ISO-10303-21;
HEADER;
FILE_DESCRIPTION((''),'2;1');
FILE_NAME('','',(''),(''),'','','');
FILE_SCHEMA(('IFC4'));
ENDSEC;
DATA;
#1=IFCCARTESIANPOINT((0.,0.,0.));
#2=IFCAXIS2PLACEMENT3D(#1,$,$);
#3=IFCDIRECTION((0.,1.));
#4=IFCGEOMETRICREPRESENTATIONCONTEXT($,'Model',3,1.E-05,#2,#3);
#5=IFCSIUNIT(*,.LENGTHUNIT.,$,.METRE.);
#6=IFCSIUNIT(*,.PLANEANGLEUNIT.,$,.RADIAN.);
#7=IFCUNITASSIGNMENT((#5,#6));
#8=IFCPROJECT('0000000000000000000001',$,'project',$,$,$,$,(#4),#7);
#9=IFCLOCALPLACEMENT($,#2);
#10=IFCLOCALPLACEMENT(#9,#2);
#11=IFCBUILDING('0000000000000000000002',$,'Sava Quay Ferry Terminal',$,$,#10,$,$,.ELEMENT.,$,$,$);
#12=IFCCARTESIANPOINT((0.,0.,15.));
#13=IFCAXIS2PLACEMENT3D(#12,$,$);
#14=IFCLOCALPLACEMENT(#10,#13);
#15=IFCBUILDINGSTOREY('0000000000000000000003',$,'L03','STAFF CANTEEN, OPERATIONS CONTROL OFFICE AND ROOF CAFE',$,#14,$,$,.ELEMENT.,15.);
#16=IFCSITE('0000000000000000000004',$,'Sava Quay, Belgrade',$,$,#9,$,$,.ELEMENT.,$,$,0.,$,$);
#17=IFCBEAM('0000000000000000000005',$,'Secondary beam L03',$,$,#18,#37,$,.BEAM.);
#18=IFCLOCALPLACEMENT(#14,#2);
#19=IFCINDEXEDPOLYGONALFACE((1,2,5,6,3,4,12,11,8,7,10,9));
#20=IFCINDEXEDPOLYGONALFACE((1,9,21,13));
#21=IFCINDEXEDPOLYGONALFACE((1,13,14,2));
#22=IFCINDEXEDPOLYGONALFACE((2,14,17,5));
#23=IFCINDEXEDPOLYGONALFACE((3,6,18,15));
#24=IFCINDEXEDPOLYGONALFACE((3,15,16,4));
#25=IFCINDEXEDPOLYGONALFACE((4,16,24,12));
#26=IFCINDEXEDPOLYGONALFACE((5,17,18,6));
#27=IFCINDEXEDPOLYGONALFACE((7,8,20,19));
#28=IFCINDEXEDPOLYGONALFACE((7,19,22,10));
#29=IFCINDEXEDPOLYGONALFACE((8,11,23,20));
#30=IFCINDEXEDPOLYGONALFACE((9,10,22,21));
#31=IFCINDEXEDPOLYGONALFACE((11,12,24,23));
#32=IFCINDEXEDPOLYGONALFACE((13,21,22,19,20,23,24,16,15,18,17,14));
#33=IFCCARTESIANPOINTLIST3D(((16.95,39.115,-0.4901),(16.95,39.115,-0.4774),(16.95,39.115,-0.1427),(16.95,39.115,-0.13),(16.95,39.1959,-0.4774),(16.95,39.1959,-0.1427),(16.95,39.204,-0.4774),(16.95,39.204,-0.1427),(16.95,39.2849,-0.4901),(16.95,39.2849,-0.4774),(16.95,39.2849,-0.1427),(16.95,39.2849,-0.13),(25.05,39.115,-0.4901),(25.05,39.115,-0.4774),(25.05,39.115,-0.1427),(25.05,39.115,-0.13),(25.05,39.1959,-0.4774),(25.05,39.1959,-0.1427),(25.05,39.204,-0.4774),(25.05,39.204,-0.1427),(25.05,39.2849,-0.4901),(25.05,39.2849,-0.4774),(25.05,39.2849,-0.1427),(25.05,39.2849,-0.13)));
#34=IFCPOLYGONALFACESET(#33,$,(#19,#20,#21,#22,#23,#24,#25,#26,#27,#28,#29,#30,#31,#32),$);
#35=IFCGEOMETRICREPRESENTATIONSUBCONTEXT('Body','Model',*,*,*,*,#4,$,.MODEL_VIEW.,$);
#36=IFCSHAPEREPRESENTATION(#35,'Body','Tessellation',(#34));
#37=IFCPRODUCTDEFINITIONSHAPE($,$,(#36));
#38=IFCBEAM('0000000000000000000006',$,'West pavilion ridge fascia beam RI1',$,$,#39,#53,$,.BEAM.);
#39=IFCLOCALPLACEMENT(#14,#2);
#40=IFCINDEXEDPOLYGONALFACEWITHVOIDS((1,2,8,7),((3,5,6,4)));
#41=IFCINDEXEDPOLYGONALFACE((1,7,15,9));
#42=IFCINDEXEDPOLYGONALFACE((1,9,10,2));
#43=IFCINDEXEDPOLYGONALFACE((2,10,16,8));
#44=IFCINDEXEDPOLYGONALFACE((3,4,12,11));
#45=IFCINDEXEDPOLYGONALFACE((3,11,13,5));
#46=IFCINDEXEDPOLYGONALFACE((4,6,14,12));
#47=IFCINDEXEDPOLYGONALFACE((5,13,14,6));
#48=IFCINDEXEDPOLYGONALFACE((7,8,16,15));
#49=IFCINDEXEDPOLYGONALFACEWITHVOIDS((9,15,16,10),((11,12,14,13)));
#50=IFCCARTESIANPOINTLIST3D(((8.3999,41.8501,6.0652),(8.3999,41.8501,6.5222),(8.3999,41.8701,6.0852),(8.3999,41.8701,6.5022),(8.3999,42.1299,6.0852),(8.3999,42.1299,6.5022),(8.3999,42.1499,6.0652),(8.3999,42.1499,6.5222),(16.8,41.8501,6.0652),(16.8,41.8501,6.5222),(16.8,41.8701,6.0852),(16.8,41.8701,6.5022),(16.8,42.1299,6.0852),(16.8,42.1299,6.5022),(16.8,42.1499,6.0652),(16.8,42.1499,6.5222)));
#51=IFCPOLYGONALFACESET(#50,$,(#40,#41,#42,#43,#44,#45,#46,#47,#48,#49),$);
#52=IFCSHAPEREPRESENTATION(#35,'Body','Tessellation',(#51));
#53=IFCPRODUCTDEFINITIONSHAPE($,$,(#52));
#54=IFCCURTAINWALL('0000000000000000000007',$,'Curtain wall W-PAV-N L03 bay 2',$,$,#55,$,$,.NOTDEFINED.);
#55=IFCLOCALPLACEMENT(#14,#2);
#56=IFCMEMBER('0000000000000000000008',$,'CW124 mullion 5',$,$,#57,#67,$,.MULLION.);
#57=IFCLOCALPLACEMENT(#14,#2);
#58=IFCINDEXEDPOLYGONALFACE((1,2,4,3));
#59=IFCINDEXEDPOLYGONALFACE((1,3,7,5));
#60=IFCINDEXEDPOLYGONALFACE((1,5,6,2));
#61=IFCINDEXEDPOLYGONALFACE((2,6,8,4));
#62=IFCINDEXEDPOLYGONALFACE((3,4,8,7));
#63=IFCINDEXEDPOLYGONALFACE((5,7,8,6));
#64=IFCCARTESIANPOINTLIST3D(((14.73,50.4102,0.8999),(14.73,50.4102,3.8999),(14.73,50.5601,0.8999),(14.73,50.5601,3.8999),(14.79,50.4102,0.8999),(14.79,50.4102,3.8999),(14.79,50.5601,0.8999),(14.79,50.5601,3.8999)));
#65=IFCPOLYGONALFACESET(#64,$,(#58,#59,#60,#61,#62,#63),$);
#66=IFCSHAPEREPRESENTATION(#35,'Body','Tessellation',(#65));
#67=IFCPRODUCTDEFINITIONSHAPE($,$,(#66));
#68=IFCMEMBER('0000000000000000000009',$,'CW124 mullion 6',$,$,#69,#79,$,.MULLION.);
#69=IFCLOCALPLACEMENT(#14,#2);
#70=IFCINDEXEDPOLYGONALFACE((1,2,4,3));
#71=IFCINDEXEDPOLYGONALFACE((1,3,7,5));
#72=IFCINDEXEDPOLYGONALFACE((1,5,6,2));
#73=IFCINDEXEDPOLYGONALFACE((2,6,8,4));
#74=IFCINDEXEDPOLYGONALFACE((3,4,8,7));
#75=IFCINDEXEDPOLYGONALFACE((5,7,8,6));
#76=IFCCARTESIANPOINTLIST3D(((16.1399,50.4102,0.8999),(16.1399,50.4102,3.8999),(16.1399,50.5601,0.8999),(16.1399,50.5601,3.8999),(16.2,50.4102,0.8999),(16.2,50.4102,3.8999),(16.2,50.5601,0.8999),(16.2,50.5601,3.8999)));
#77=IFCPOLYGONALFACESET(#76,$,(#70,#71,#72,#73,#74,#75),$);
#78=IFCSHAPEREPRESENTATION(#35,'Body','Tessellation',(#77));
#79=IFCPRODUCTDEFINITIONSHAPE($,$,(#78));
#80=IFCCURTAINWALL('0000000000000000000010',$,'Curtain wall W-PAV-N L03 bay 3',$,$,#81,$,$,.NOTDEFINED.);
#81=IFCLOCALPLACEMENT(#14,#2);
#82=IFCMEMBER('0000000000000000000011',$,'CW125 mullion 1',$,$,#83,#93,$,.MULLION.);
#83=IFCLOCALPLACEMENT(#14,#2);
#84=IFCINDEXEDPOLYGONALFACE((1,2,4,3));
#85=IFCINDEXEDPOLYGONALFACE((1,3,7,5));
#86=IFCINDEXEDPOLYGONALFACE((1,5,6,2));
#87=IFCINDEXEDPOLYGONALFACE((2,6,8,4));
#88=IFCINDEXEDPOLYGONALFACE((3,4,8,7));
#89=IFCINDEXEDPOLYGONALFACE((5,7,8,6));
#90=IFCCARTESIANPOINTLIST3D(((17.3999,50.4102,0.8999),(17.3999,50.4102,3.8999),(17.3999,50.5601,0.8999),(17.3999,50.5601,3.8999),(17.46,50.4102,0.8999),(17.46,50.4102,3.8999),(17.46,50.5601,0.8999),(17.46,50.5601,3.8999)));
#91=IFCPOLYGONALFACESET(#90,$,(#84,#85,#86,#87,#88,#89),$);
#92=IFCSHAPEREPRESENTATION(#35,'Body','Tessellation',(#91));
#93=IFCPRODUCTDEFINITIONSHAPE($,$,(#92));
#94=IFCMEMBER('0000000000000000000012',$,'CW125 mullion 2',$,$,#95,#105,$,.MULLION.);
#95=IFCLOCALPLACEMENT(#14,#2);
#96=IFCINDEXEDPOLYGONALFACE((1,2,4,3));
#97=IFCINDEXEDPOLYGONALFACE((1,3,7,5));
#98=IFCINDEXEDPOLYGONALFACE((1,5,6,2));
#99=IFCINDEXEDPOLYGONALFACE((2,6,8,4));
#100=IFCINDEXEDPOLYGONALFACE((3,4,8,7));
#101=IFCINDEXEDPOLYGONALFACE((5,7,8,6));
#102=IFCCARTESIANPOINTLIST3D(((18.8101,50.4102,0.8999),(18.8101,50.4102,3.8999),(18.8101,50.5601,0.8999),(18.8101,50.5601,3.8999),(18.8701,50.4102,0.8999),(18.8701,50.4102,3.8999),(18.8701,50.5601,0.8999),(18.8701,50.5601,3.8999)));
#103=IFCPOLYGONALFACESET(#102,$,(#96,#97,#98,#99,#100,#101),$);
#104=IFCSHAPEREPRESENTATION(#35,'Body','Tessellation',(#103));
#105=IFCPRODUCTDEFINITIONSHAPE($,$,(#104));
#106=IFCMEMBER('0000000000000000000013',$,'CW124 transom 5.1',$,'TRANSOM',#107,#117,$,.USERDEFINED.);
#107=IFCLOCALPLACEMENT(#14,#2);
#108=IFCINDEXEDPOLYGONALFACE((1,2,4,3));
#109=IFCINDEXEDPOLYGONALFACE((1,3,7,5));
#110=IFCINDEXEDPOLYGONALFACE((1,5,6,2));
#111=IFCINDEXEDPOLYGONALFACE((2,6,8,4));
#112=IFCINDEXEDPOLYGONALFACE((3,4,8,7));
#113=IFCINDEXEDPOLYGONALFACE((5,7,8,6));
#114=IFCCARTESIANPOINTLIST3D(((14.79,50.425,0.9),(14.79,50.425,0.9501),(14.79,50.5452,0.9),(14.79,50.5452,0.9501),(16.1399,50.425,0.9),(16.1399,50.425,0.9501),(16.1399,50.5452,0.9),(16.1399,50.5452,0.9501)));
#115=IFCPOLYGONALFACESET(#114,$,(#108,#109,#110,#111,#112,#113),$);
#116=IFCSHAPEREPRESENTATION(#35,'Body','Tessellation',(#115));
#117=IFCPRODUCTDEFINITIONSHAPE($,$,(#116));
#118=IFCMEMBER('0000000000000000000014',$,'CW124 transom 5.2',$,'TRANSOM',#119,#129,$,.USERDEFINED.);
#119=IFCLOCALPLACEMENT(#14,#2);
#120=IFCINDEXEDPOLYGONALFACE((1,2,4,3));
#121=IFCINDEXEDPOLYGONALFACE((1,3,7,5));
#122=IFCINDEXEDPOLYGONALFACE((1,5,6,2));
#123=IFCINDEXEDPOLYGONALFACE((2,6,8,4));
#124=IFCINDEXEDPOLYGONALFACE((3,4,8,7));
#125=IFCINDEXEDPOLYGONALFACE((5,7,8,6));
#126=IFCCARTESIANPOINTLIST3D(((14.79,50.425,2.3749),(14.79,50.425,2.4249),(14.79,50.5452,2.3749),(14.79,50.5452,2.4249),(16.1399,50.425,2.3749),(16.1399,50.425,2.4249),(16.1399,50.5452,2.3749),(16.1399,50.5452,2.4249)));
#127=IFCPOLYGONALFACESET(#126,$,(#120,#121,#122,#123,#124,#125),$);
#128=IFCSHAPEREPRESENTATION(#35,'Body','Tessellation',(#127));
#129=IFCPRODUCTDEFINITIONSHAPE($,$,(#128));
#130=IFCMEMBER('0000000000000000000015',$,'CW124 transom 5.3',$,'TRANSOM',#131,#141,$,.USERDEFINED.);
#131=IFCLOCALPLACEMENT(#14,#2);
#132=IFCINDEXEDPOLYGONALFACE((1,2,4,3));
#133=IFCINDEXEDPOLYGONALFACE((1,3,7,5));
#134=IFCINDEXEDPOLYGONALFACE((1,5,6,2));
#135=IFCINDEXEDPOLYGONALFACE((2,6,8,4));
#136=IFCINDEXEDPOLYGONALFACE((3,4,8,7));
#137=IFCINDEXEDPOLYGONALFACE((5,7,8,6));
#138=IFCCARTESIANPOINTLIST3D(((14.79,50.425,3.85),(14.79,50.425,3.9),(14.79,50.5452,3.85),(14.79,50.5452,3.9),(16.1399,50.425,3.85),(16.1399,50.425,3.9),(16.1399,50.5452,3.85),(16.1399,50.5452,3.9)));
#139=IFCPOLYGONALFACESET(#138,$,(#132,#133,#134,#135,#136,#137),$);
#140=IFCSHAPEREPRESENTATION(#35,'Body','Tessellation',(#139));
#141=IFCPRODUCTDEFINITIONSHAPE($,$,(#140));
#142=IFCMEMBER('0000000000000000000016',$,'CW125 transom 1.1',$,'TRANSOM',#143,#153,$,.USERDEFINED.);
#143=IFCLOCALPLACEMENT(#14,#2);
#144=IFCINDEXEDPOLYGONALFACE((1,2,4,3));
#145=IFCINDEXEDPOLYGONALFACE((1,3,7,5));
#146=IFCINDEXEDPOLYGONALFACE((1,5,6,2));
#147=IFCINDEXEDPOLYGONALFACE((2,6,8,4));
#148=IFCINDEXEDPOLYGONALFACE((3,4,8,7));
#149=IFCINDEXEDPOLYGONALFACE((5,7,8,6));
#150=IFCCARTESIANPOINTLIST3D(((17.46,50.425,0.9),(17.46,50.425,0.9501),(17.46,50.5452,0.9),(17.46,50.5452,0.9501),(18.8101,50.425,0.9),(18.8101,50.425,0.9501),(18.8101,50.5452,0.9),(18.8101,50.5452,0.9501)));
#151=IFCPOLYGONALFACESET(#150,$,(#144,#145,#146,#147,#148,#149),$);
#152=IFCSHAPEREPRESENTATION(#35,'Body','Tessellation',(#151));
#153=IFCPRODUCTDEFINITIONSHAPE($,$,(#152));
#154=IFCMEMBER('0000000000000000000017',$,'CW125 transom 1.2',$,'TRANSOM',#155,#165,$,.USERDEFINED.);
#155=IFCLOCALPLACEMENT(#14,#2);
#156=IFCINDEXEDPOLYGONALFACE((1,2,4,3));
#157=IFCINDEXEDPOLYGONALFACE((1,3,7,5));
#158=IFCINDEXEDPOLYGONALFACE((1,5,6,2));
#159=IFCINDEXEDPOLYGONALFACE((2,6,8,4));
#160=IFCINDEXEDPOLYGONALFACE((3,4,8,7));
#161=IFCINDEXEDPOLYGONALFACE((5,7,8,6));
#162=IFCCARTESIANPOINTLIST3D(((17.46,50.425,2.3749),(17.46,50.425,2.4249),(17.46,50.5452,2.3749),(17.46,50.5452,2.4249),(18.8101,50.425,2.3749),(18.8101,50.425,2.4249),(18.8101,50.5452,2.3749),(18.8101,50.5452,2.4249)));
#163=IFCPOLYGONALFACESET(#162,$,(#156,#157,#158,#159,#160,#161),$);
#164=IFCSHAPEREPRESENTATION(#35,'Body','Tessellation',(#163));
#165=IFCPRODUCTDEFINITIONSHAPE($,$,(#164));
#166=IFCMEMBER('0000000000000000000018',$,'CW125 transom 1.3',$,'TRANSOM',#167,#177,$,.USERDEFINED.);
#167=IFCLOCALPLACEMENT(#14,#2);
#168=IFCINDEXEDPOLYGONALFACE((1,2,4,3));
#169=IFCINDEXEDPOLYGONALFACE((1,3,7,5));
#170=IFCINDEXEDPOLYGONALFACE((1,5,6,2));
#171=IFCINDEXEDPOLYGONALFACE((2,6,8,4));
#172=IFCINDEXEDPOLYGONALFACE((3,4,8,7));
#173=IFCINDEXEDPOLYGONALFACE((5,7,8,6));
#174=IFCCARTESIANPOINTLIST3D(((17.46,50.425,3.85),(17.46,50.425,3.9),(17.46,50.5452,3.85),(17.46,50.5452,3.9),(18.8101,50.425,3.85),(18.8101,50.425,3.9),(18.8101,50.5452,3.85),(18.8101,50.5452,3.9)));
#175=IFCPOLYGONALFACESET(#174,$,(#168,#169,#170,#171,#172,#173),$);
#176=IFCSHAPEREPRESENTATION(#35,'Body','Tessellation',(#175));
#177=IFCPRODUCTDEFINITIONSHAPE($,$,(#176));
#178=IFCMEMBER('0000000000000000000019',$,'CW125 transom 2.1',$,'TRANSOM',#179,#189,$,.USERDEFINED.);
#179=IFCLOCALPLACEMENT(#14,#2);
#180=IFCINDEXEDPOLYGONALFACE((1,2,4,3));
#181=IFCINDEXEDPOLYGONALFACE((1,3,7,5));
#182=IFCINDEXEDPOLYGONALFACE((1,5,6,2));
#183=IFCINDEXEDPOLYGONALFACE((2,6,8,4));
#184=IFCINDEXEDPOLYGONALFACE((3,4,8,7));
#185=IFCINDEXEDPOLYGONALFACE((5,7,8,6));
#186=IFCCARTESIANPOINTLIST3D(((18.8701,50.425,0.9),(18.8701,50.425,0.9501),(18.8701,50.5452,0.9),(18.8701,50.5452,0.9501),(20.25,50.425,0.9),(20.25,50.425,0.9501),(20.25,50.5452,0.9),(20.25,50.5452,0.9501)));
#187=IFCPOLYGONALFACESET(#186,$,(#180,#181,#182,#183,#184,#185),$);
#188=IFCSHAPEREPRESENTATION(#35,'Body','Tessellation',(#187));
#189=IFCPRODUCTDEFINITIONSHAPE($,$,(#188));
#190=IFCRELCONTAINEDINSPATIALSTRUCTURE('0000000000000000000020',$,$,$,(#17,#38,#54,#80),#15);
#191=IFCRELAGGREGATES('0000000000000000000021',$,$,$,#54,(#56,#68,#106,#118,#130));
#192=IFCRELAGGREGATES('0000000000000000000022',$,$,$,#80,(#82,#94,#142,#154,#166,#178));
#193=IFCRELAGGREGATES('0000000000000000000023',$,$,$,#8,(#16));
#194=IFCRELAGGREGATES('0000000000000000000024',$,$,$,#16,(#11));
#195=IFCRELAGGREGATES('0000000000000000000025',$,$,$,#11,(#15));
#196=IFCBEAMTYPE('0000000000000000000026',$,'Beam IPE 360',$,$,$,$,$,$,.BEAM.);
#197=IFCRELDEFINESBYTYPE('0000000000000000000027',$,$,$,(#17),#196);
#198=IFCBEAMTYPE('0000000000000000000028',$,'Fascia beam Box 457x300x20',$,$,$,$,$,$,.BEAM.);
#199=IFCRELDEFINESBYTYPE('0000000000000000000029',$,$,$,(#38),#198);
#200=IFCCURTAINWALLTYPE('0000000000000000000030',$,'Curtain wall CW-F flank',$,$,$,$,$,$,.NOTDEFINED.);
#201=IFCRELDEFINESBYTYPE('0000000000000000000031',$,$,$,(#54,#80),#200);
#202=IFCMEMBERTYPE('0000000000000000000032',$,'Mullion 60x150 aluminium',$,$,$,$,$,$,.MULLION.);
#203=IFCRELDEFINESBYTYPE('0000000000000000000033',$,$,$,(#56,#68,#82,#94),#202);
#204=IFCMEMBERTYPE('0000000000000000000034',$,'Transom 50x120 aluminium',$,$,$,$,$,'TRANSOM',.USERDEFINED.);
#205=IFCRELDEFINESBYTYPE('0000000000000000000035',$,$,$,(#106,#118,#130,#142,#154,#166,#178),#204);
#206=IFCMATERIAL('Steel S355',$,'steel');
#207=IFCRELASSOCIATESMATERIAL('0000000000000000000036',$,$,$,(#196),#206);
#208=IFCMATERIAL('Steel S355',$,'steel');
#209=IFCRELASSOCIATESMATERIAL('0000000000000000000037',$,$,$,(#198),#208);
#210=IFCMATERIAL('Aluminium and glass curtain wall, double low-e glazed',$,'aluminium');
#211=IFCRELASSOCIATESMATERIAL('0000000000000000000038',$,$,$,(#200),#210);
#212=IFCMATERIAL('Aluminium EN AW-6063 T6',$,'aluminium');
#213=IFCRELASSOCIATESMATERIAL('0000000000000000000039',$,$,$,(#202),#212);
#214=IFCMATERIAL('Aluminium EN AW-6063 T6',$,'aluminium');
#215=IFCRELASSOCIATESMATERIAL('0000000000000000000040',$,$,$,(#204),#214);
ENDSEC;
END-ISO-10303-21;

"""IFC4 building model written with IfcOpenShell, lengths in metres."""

from ifc_helpers import new_model, si_unit, direction, frame, origin, origin_2d, place, context, subcontext, project, spatial, polyline, rectangle, i_section, outline, extrude, material, material_profile, profile_set, type_object, element, aggregate, save


model = new_model("IFC4")

# Units and contexts
model_context = context("Model", 3, precision=1e-05, world=origin(), true_north=direction((0.0, 1.0)))
body_context = subcontext(model_context, "Body", "Model", "MODEL_VIEW")
ifc_project = project(units=[si_unit("LENGTHUNIT", "METRE"), si_unit("PLANEANGLEUNIT", "RADIAN")], contexts=[model_context])

# Site, building, storey
site_placement = place(None, origin())
site = spatial("IfcSite", under=ifc_project, at=site_placement, Name="Sava Quay, Belgrade", CompositionType="ELEMENT", RefElevation=0.0)
building_placement = place(site_placement, origin())
building = spatial("IfcBuilding", under=site, at=building_placement, Name="Sava Quay Ferry Terminal", CompositionType="ELEMENT")
storey_placement = place(building_placement, frame((0.0, 0.0, 15.0)))
storey = spatial("IfcBuildingStorey", under=building, at=storey_placement, Name="L03", Description="STAFF CANTEEN, OPERATIONS CONTROL OFFICE AND ROOF CAFE", CompositionType="ELEMENT", Elevation=15.0)

# Beams
ifc_material_1 = material(Name="Steel S355", Category="steel")
ifc_material_profile_1 = material_profile(ifc_material_1, i_section(OverallWidth=0.1699, OverallDepth=0.3601, WebThickness=0.0081, FlangeThickness=0.0127, at=origin_2d()), Name="IPE 360")
ifc_profile_set_1 = profile_set([ifc_material_profile_1], Name="Steel S355")
beam_type_1 = type_object("IfcBeamType", Name="Beam IPE 360", PredefinedType="BEAM", material=ifc_profile_set_1)
beam_1_placement = place(storey_placement, frame((16.95, 39.2, -0.3101), z_axis=(1.0, 0.0, 0.0), x_axis=(0.0, 1.0, 0.0)))
element("IfcBeam", 1, at=beam_1_placement, inside=storey, type_object=beam_type_1, Name="Secondary beam L03", PredefinedType="BEAM", context=body_context, shape_type="SweptSolid", body=[
    extrude(i_section(OverallWidth=0.1699, OverallDepth=0.3601, WebThickness=0.0081, FlangeThickness=0.0127, at=origin_2d()), origin(), (0.0, 0.0, 1.0), 8.1001),
])
ifc_material_2 = material(Name="Steel S355", Category="steel")
ifc_material_profile_2 = material_profile(ifc_material_2, outline(polyline([(-0.1499, -0.2285), (0.1499, -0.2285), (0.1499, 0.2285), (-0.1499, 0.2285), (-0.1499, -0.2285)]), holes=[polyline([(-0.1299, -0.2085), (-0.1299, 0.2085), (0.1299, 0.2085), (0.1299, -0.2085), (-0.1299, -0.2085)])]), Name="Box 457x300x20 built-up")
ifc_profile_set_2 = profile_set([ifc_material_profile_2], Name="Steel S355")
beam_type_2 = type_object("IfcBeamType", Name="Fascia beam Box 457x300x20", PredefinedType="BEAM", material=ifc_profile_set_2)
beam_2_placement = place(storey_placement, frame((16.8, 42.0, 6.2937), z_axis=(-1.0, 0.0, 0.0), x_axis=(0.0, -1.0, 0.0)))
element("IfcBeam", 2, at=beam_2_placement, inside=storey, type_object=beam_type_2, Name="West pavilion ridge fascia beam RI1", PredefinedType="BEAM", context=body_context, shape_type="SweptSolid", body=[
    extrude(outline(polyline([(-0.1499, -0.2285), (0.1499, -0.2285), (0.1499, 0.2285), (-0.1499, 0.2285), (-0.1499, -0.2285)]), holes=[polyline([(-0.1299, -0.2085), (-0.1299, 0.2085), (0.1299, 0.2085), (0.1299, -0.2085), (-0.1299, -0.2085)])]), origin(), (0.0, 0.0, 1.0), 8.4001),
])

# Curtain walls, members
ifc_material_3 = material(Name="Aluminium and glass curtain wall, double low-e glazed", Category="aluminium")
curtain_wall_type = type_object("IfcCurtainWallType", Name="Curtain wall CW-F flank", PredefinedType="NOTDEFINED", material=ifc_material_3)
curtain_wall_1_placement = place(storey_placement, origin())
curtain_wall_1 = element("IfcCurtainWall", 3, at=curtain_wall_1_placement, inside=storey, type_object=curtain_wall_type, Name="Curtain wall W-PAV-N L03 bay 2", PredefinedType="NOTDEFINED")
ifc_material_4 = material(Name="Aluminium EN AW-6063 T6", Category="aluminium")
ifc_material_profile_3 = material_profile(ifc_material_4, rectangle(XDim=0.1499, YDim=0.0601, at=origin_2d()), Name="Mullion 60x150 aluminium")
ifc_profile_set_3 = profile_set([ifc_material_profile_3], Name="Aluminium EN AW-6063 T6")
member_type_1 = type_object("IfcMemberType", Name="Mullion 60x150 aluminium", PredefinedType="MULLION", material=ifc_profile_set_3)
member_1_placement = place(storey_placement, frame((14.76, 50.4851, 0.8999), z_axis=(0.0, 0.0, 1.0), x_axis=(0.0, 1.0, 0.0)))
member_1 = element("IfcMember", 4, at=member_1_placement, type_object=member_type_1, Name="CW124 mullion 5", PredefinedType="MULLION", context=body_context, shape_type="SweptSolid", body=[
    extrude(rectangle(XDim=0.1499, YDim=0.0601, at=origin_2d()), origin(), (0.0, 0.0, 1.0), 3.0),
])
member_2_placement = place(storey_placement, frame((16.1699, 50.4851, 0.8999), z_axis=(0.0, 0.0, 1.0), x_axis=(0.0, 1.0, 0.0)))
member_2 = element("IfcMember", 5, at=member_2_placement, type_object=member_type_1, Name="CW124 mullion 6", PredefinedType="MULLION", context=body_context, shape_type="SweptSolid", body=[
    extrude(rectangle(XDim=0.1499, YDim=0.0601, at=origin_2d()), origin(), (0.0, 0.0, 1.0), 3.0),
])
curtain_wall_2_placement = place(storey_placement, origin())
curtain_wall_2 = element("IfcCurtainWall", 6, at=curtain_wall_2_placement, inside=storey, type_object=curtain_wall_type, Name="Curtain wall W-PAV-N L03 bay 3", PredefinedType="NOTDEFINED")
member_3_placement = place(storey_placement, frame((17.4299, 50.4851, 0.8999), z_axis=(0.0, 0.0, 1.0), x_axis=(0.0, 1.0, 0.0)))
member_3 = element("IfcMember", 7, at=member_3_placement, type_object=member_type_1, Name="CW125 mullion 1", PredefinedType="MULLION", context=body_context, shape_type="SweptSolid", body=[
    extrude(rectangle(XDim=0.1499, YDim=0.0601, at=origin_2d()), origin(), (0.0, 0.0, 1.0), 3.0),
])
member_4_placement = place(storey_placement, frame((18.8401, 50.4851, 0.8999), z_axis=(0.0, 0.0, 1.0), x_axis=(0.0, 1.0, 0.0)))
member_4 = element("IfcMember", 8, at=member_4_placement, type_object=member_type_1, Name="CW125 mullion 2", PredefinedType="MULLION", context=body_context, shape_type="SweptSolid", body=[
    extrude(rectangle(XDim=0.1499, YDim=0.0601, at=origin_2d()), origin(), (0.0, 0.0, 1.0), 3.0),
])

# Members
ifc_material_5 = material(Name="Aluminium EN AW-6063 T6", Category="aluminium")
ifc_material_profile_4 = material_profile(ifc_material_5, rectangle(XDim=0.1201, YDim=0.05, at=origin_2d()), Name="Transom 50x120 aluminium")
ifc_profile_set_4 = profile_set([ifc_material_profile_4], Name="Aluminium EN AW-6063 T6")
member_type_2 = type_object("IfcMemberType", Name="Transom 50x120 aluminium", ElementType="TRANSOM", PredefinedType="USERDEFINED", material=ifc_profile_set_4)
member_5_placement = place(storey_placement, frame((14.79, 50.4851, 0.925), z_axis=(1.0, 0.0, 0.0), x_axis=(0.0, 1.0, 0.0)))
member_5 = element("IfcMember", 9, at=member_5_placement, type_object=member_type_2, Name="CW124 transom 5.1", ObjectType="TRANSOM", PredefinedType="USERDEFINED", context=body_context, shape_type="SweptSolid", body=[
    extrude(rectangle(XDim=0.1201, YDim=0.05, at=origin_2d()), origin(), (0.0, 0.0, 1.0), 1.3499),
])
member_6_placement = place(storey_placement, frame((14.79, 50.4851, 2.3999), z_axis=(1.0, 0.0, 0.0), x_axis=(0.0, 1.0, 0.0)))
member_6 = element("IfcMember", 10, at=member_6_placement, type_object=member_type_2, Name="CW124 transom 5.2", ObjectType="TRANSOM", PredefinedType="USERDEFINED", context=body_context, shape_type="SweptSolid", body=[
    extrude(rectangle(XDim=0.1201, YDim=0.05, at=origin_2d()), origin(), (0.0, 0.0, 1.0), 1.3499),
])
member_7_placement = place(storey_placement, frame((14.79, 50.4851, 3.875), z_axis=(1.0, 0.0, 0.0), x_axis=(0.0, 1.0, 0.0)))
member_7 = element("IfcMember", 11, at=member_7_placement, type_object=member_type_2, Name="CW124 transom 5.3", ObjectType="TRANSOM", PredefinedType="USERDEFINED", context=body_context, shape_type="SweptSolid", body=[
    extrude(rectangle(XDim=0.1201, YDim=0.05, at=origin_2d()), origin(), (0.0, 0.0, 1.0), 1.3499),
])
member_8_placement = place(storey_placement, frame((17.46, 50.4851, 0.925), z_axis=(1.0, 0.0, 0.0), x_axis=(0.0, 1.0, 0.0)))
member_8 = element("IfcMember", 12, at=member_8_placement, type_object=member_type_2, Name="CW125 transom 1.1", ObjectType="TRANSOM", PredefinedType="USERDEFINED", context=body_context, shape_type="SweptSolid", body=[
    extrude(rectangle(XDim=0.1201, YDim=0.05, at=origin_2d()), origin(), (0.0, 0.0, 1.0), 1.3501),
])
member_9_placement = place(storey_placement, frame((17.46, 50.4851, 2.3999), z_axis=(1.0, 0.0, 0.0), x_axis=(0.0, 1.0, 0.0)))
member_9 = element("IfcMember", 13, at=member_9_placement, type_object=member_type_2, Name="CW125 transom 1.2", ObjectType="TRANSOM", PredefinedType="USERDEFINED", context=body_context, shape_type="SweptSolid", body=[
    extrude(rectangle(XDim=0.1201, YDim=0.05, at=origin_2d()), origin(), (0.0, 0.0, 1.0), 1.3501),
])
member_10_placement = place(storey_placement, frame((17.46, 50.4851, 3.875), z_axis=(1.0, 0.0, 0.0), x_axis=(0.0, 1.0, 0.0)))
member_10 = element("IfcMember", 14, at=member_10_placement, type_object=member_type_2, Name="CW125 transom 1.3", ObjectType="TRANSOM", PredefinedType="USERDEFINED", context=body_context, shape_type="SweptSolid", body=[
    extrude(rectangle(XDim=0.1201, YDim=0.05, at=origin_2d()), origin(), (0.0, 0.0, 1.0), 1.3501),
])
member_11_placement = place(storey_placement, frame((18.8701, 50.4851, 0.925), z_axis=(1.0, 0.0, 0.0), x_axis=(0.0, 1.0, 0.0)))
member_11 = element("IfcMember", 15, at=member_11_placement, type_object=member_type_2, Name="CW125 transom 2.1", ObjectType="TRANSOM", PredefinedType="USERDEFINED", context=body_context, shape_type="SweptSolid", body=[
    extrude(rectangle(XDim=0.1201, YDim=0.05, at=origin_2d()), origin(), (0.0, 0.0, 1.0), 1.3799),
])

aggregate(curtain_wall_1, [member_1, member_2, member_5, member_6, member_7])
aggregate(curtain_wall_2, [member_3, member_4, member_8, member_9, member_10, member_11])

save(model, "model.ifc")
